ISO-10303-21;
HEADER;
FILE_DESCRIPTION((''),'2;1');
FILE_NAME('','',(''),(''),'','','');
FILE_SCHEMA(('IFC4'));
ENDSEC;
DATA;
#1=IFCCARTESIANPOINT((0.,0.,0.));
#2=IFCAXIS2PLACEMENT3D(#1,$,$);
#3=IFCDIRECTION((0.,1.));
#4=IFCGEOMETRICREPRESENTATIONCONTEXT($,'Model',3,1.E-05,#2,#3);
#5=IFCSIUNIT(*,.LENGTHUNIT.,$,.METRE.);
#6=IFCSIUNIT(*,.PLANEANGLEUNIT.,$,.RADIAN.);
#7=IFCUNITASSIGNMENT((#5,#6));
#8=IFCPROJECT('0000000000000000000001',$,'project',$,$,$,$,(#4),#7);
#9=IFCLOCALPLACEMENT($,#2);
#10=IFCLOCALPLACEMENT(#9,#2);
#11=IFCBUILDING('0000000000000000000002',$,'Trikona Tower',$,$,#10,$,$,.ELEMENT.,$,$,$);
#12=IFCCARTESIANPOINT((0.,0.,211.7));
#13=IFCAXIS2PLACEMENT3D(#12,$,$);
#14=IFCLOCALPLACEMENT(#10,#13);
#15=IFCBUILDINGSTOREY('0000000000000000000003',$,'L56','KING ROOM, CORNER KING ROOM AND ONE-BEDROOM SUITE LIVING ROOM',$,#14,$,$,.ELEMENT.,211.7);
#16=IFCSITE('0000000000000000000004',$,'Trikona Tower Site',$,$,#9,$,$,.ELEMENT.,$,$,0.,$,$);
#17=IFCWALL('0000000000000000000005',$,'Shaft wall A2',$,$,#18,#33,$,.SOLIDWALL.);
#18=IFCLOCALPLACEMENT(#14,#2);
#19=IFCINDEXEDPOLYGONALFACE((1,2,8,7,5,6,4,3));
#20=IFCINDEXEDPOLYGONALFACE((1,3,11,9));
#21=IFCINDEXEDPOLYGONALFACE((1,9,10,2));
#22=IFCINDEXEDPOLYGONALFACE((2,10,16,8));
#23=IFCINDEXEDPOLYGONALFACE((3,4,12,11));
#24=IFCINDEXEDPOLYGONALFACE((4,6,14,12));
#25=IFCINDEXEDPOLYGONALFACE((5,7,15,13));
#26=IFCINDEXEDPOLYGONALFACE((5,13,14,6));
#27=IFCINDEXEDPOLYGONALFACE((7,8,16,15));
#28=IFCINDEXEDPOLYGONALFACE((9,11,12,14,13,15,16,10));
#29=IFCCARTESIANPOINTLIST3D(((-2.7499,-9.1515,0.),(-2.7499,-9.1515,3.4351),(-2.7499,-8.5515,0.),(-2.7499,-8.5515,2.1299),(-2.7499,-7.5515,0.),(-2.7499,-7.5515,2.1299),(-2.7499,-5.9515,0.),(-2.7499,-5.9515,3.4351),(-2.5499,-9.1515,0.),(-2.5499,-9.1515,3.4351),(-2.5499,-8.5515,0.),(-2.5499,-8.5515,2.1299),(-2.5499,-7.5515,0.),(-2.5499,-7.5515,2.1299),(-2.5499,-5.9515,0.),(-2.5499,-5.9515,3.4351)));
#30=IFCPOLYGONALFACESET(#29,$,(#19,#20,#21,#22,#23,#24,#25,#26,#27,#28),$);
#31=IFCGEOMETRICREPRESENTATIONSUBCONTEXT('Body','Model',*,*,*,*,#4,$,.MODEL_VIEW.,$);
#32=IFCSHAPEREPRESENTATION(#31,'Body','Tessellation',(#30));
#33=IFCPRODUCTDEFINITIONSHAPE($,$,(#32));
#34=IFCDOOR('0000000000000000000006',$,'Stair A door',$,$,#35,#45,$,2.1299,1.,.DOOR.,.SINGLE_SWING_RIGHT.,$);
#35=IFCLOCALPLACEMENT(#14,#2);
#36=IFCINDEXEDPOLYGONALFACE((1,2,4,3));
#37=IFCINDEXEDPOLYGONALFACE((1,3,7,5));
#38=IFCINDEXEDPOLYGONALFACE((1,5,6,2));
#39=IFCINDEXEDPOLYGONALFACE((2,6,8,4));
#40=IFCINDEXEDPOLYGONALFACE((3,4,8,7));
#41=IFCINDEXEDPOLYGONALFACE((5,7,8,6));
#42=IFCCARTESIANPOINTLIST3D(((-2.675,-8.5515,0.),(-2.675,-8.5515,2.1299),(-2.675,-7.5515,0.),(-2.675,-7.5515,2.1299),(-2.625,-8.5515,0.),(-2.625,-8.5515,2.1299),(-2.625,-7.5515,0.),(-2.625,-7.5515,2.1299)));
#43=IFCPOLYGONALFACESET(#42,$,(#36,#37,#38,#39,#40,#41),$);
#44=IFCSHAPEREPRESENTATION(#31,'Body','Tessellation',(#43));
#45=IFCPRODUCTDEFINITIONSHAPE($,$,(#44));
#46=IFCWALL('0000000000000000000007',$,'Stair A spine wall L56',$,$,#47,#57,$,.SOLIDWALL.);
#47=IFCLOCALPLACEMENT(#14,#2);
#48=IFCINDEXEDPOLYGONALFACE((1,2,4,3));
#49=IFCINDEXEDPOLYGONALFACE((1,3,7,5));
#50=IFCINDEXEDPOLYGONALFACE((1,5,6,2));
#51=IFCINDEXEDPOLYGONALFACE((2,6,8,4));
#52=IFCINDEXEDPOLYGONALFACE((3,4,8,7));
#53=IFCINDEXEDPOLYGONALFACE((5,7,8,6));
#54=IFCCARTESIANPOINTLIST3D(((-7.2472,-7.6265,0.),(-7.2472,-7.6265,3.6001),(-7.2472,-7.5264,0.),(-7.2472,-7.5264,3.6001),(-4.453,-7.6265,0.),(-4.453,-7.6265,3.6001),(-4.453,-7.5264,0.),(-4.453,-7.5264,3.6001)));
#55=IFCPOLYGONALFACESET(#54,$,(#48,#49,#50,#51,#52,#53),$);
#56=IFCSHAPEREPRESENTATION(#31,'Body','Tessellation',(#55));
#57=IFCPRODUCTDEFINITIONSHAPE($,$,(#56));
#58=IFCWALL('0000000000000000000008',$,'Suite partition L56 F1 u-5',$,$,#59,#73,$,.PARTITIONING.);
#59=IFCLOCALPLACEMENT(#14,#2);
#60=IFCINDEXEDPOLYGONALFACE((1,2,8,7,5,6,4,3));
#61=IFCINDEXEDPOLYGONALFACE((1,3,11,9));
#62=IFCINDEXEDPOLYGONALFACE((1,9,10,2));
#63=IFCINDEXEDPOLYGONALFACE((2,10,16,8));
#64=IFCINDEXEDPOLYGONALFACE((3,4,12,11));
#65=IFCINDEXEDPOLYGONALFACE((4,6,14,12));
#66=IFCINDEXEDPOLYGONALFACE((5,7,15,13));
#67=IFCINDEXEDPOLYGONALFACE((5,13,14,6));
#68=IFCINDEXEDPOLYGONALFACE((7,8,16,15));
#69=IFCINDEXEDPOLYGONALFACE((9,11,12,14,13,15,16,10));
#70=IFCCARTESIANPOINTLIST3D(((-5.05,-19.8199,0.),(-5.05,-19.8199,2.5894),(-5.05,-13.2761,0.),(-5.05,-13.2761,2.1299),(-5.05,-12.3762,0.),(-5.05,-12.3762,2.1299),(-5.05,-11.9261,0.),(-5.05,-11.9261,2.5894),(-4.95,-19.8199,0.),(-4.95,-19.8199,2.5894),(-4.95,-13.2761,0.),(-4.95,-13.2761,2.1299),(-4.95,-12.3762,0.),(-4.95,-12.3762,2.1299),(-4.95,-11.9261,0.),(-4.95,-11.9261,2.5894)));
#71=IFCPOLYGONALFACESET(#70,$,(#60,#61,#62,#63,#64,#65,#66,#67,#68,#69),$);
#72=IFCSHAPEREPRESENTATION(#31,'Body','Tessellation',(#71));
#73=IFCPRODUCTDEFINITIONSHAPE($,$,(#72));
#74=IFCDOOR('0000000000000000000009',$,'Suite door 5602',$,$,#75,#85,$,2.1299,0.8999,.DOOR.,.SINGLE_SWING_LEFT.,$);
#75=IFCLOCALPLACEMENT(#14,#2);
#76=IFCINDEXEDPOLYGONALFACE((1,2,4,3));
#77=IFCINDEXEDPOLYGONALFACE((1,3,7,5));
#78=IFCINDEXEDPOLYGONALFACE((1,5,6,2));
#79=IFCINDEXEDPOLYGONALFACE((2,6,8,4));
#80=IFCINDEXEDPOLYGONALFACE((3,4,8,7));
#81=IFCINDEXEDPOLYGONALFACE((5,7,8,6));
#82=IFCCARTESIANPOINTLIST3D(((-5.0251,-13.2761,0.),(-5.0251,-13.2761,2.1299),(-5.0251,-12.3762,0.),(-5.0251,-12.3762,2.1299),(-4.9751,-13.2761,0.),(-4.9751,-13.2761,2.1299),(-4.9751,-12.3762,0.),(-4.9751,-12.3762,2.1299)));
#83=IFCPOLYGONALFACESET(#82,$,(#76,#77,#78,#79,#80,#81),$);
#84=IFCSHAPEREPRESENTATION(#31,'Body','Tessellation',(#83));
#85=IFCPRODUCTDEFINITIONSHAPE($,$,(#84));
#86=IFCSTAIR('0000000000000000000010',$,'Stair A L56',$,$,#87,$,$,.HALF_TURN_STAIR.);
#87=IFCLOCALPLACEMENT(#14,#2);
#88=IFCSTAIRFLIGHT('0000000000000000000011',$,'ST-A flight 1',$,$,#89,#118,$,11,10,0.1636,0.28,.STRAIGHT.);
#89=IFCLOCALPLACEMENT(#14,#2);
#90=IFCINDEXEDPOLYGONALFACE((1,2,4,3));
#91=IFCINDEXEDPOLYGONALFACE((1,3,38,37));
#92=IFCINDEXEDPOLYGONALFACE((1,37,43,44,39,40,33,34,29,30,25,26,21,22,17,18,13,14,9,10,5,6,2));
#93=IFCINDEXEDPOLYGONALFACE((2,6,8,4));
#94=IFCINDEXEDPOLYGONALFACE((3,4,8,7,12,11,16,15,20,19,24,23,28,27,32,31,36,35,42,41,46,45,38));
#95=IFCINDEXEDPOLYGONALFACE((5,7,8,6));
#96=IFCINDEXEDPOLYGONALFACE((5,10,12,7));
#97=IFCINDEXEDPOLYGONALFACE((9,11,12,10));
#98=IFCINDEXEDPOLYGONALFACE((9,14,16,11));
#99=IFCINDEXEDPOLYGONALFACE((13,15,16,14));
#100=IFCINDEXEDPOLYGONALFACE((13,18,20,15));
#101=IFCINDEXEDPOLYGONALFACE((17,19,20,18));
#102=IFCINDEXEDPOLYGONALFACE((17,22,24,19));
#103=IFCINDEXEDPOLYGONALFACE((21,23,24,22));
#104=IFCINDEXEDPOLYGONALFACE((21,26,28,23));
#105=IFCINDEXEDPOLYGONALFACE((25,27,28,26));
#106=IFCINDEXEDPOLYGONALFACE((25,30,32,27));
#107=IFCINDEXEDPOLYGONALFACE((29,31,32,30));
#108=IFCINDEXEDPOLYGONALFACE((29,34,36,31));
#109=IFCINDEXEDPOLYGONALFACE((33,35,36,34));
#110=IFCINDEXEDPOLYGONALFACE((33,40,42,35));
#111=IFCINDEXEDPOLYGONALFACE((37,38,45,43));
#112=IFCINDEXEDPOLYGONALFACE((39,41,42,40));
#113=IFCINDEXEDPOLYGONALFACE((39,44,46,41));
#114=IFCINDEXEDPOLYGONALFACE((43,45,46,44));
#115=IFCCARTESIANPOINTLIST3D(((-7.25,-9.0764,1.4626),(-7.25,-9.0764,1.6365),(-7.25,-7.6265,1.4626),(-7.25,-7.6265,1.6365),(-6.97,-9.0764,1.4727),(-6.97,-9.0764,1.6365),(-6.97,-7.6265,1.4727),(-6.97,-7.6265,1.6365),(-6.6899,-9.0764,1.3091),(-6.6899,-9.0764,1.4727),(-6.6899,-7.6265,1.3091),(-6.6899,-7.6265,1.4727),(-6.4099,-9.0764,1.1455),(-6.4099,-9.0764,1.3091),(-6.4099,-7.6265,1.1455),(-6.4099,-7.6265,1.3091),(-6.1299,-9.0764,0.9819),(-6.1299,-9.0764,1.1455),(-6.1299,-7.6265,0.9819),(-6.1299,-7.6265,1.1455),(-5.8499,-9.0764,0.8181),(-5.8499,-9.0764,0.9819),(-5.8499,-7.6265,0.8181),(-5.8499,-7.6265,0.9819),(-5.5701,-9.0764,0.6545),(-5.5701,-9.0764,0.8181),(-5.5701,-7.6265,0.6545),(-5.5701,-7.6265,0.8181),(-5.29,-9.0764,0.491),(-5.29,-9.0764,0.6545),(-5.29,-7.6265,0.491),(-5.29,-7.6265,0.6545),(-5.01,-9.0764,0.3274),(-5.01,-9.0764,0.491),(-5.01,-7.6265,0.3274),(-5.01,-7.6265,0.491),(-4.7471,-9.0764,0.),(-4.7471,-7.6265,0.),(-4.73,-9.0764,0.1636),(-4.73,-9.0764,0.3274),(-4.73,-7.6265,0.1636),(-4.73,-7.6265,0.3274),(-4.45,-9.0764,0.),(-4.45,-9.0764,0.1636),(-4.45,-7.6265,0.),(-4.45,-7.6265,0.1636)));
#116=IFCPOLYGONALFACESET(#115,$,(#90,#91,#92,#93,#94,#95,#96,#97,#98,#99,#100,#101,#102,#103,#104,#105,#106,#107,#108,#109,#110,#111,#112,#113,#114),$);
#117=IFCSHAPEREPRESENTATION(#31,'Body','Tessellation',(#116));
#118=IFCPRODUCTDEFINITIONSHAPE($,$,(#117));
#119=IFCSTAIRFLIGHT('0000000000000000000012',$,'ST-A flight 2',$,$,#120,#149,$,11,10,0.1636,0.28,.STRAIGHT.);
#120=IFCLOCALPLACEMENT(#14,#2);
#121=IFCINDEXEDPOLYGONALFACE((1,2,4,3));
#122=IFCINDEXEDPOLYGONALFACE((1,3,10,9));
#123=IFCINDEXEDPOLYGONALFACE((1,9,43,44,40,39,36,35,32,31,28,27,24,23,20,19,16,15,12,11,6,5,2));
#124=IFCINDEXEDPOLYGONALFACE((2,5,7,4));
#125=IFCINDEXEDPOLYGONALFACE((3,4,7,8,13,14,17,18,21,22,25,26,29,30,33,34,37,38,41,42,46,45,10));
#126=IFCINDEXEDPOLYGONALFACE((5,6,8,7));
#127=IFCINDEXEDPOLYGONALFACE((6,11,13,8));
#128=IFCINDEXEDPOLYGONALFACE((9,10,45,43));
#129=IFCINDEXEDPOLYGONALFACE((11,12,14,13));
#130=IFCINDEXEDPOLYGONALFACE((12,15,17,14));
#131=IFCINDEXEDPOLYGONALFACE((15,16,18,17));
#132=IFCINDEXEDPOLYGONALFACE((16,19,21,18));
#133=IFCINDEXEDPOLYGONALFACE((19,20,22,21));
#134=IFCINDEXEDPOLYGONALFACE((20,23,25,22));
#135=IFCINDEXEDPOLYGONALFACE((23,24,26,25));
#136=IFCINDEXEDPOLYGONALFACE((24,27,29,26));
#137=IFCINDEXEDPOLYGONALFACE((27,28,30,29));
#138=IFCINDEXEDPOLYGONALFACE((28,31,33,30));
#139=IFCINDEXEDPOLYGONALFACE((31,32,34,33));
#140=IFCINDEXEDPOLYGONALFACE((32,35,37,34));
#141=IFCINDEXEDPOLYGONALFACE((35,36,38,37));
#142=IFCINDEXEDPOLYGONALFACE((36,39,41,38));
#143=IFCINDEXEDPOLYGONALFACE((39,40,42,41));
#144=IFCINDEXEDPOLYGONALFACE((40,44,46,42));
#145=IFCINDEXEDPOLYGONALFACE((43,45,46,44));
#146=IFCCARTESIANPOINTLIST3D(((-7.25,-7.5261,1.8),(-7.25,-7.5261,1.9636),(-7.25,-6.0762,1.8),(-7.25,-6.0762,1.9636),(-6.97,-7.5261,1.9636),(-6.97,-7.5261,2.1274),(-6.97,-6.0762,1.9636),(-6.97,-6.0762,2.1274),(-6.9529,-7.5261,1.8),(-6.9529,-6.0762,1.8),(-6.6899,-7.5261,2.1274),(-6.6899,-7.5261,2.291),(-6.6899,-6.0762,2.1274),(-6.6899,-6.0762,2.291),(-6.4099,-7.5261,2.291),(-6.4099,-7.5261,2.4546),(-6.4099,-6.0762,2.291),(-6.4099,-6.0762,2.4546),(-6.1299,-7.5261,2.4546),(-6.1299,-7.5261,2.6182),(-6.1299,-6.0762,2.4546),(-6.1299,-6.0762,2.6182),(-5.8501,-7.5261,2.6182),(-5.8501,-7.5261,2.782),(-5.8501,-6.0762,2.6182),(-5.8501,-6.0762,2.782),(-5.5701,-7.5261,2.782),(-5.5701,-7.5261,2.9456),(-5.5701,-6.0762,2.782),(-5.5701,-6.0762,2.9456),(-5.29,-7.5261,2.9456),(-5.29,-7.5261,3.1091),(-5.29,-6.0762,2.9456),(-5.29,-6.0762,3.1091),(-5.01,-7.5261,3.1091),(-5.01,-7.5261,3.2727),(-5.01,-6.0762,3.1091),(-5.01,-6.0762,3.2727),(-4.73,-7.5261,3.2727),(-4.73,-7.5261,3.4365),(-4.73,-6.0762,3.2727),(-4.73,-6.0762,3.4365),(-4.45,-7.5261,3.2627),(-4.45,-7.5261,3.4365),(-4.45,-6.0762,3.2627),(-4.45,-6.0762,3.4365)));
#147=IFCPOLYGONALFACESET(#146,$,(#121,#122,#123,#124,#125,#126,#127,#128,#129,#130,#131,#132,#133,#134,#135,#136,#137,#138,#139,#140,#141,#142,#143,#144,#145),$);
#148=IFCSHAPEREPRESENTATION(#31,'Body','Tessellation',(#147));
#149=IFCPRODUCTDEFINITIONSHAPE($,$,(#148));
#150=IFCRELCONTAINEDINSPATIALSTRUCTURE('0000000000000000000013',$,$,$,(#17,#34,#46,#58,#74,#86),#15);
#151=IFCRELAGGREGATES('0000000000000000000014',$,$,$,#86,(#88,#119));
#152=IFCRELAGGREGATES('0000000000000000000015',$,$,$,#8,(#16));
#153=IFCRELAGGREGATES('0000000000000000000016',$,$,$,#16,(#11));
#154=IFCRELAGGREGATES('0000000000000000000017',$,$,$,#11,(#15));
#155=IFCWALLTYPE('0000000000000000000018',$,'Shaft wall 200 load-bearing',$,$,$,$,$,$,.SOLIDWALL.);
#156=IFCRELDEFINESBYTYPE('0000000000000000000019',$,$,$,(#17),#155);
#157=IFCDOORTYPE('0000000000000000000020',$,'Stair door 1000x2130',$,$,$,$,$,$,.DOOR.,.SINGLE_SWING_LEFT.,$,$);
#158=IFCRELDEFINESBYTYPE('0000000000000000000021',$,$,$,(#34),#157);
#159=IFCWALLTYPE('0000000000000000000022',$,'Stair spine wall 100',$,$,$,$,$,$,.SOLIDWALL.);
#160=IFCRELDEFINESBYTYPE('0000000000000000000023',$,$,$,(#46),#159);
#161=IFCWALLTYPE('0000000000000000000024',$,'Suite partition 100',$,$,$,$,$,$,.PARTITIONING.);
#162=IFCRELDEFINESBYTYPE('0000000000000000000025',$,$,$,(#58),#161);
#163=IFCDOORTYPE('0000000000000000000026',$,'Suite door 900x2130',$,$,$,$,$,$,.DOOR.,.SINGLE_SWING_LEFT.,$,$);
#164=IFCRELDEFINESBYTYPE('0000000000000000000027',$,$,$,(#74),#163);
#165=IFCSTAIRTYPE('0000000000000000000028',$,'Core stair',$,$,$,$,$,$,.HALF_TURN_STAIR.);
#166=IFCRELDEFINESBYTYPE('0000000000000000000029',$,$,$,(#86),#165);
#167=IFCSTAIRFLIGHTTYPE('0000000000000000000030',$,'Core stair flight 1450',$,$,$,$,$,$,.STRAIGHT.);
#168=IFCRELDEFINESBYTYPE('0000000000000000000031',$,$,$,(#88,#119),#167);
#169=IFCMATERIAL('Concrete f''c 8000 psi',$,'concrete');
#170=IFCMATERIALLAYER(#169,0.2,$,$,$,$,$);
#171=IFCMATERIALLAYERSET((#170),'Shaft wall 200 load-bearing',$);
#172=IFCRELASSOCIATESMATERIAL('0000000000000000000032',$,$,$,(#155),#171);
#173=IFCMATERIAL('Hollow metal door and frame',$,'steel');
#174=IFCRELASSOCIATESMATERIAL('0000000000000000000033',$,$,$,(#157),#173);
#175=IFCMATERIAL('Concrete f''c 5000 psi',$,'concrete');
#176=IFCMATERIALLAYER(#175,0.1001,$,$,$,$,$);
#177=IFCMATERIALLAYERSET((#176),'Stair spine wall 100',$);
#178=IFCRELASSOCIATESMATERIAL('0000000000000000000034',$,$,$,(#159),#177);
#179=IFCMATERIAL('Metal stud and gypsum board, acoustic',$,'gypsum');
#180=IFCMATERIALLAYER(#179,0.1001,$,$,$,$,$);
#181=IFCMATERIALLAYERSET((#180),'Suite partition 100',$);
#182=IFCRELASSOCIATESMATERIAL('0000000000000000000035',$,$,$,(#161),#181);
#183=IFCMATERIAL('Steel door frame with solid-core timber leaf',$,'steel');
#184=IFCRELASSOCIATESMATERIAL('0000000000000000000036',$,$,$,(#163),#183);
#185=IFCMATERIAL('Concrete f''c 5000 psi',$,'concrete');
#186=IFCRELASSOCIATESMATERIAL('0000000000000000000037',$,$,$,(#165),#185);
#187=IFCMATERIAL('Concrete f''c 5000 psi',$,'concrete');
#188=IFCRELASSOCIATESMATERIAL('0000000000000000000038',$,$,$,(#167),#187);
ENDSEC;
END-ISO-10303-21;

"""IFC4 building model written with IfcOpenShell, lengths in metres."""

from ifc_helpers import new_model, si_unit, direction, frame, frame_2d, origin, place, context, subcontext, project, spatial, polyline, rectangle, outline, extrude, material, layer, layer_set, type_object, element, fill, aggregate, save


model = new_model("IFC4")

# Units and contexts
model_context = context("Model", 3, precision=1e-05, world=origin(), true_north=direction((0.0, 1.0)))
body_context = subcontext(model_context, "Body", "Model", "MODEL_VIEW")
ifc_project = project(units=[si_unit("LENGTHUNIT", "METRE"), si_unit("PLANEANGLEUNIT", "RADIAN")], contexts=[model_context])

# Site, building, storey
site_placement = place(None, origin())
site = spatial("IfcSite", under=ifc_project, at=site_placement, Name="Trikona Tower Site", CompositionType="ELEMENT", RefElevation=0.0)
building_placement = place(site_placement, origin())
building = spatial("IfcBuilding", under=site, at=building_placement, Name="Trikona Tower", CompositionType="ELEMENT")
storey_placement = place(building_placement, frame((0.0, 0.0, 211.7)))
storey = spatial("IfcBuildingStorey", under=building, at=storey_placement, Name="L56", Description="KING ROOM, CORNER KING ROOM AND ONE-BEDROOM SUITE LIVING ROOM", CompositionType="ELEMENT", Elevation=211.7)

# Shared definitions
ifc_material_1 = material(Name="Concrete f'c 8000 psi", Category="concrete")
ifc_layer_1 = layer(ifc_material_1, 0.2)
ifc_layer_set_1 = layer_set([ifc_layer_1], Name="Shaft wall 200 load-bearing")
wall_type_1 = type_object("IfcWallType", Name="Shaft wall 200 load-bearing", PredefinedType="SOLIDWALL", material=ifc_layer_set_1)

# Wall, opening, door
wall_1_placement = place(storey_placement, frame((-2.6499, -5.9514, 0.0), z_axis=(0.0, 0.0, 1.0), x_axis=(0.0, -1.0, 0.0)))
wall_1 = element("IfcWall", 1, at=wall_1_placement, inside=storey, type_object=wall_type_1, Name="Shaft wall A2", PredefinedType="SOLIDWALL", context=body_context, shape_type="SweptSolid", body=[
    extrude(rectangle(XDim=3.2, YDim=0.2, at=frame_2d((1.6001, 0.0))), origin(), (0.0, 0.0, 1.0), 3.4351),
])
opening_1_placement = place(wall_1_placement, frame((1.6001, 0.0, 0.0)))
opening_1 = element("IfcOpeningElement", 2, at=opening_1_placement, cuts=wall_1, PredefinedType="OPENING", context=body_context, shape_type="SweptSolid", body=[
    extrude(rectangle(XDim=1.0, YDim=2.1299, at=frame_2d((0.5, 1.0649))), frame((0.0, 0.1099, 0.0), z_axis=(0.0, -1.0, 0.0), x_axis=(1.0, 0.0, 0.0)), (0.0, 0.0, 1.0), 0.22),
])
ifc_material_2 = material(Name="Hollow metal door and frame", Category="steel")
door_type_1 = type_object("IfcDoorType", Name="Stair door 1000x2130", OperationType="SINGLE_SWING_LEFT", PredefinedType="DOOR", material=ifc_material_2)
door_1_placement = place(opening_1_placement, origin())
door_1 = element("IfcDoor", 3, at=door_1_placement, inside=storey, type_object=door_type_1, Name="Stair A door", OperationType="SINGLE_SWING_RIGHT", OverallHeight=2.1299, OverallWidth=1.0, PredefinedType="DOOR", context=body_context, shape_type="SweptSolid", body=[
    extrude(rectangle(XDim=1.0, YDim=2.1299, at=frame_2d((0.5, 1.0649))), frame((0.0, 0.0249, 0.0), z_axis=(0.0, -1.0, 0.0), x_axis=(1.0, 0.0, 0.0)), (0.0, 0.0, 1.0), 0.05),
])
fill(opening_1, door_1)

# Wall
ifc_material_3 = material(Name="Concrete f'c 5000 psi", Category="concrete")
ifc_layer_2 = layer(ifc_material_3, 0.1001)
ifc_layer_set_2 = layer_set([ifc_layer_2], Name="Stair spine wall 100")
wall_type_2 = type_object("IfcWallType", Name="Stair spine wall 100", PredefinedType="SOLIDWALL", material=ifc_layer_set_2)
wall_2_placement = place(storey_placement, frame((-7.2471, -7.5764, 0.0), z_axis=(0.0, 0.0, 1.0), x_axis=(1.0, 0.0, 0.0)))
element("IfcWall", 4, at=wall_2_placement, inside=storey, type_object=wall_type_2, Name="Stair A spine wall L56", PredefinedType="SOLIDWALL", context=body_context, shape_type="SweptSolid", body=[
    extrude(rectangle(XDim=2.7942, YDim=0.1001, at=frame_2d((1.397, 0.0))), origin(), (0.0, 0.0, 1.0), 3.6001),
])

# Wall, opening, door
ifc_material_4 = material(Name="Metal stud and gypsum board, acoustic", Category="gypsum")
ifc_layer_3 = layer(ifc_material_4, 0.1001)
ifc_layer_set_3 = layer_set([ifc_layer_3], Name="Suite partition 100")
wall_type_3 = type_object("IfcWallType", Name="Suite partition 100", PredefinedType="PARTITIONING", material=ifc_layer_set_3)
wall_3_placement = place(storey_placement, frame((-5.0, -11.9263, 0.0), z_axis=(0.0, 0.0, 1.0), x_axis=(0.0, -1.0, 0.0)))
wall_3 = element("IfcWall", 5, at=wall_3_placement, inside=storey, type_object=wall_type_3, Name="Suite partition L56 F1 u-5", PredefinedType="PARTITIONING", context=body_context, shape_type="SweptSolid", body=[
    extrude(rectangle(XDim=7.8938, YDim=0.1001, at=frame_2d((3.9468, 0.0))), origin(), (0.0, 0.0, 1.0), 2.5894),
])
opening_2_placement = place(wall_3_placement, frame((0.45, 0.0, 0.0)))
opening_2 = element("IfcOpeningElement", 6, at=opening_2_placement, cuts=wall_3, PredefinedType="OPENING", context=body_context, shape_type="SweptSolid", body=[
    extrude(rectangle(XDim=0.8999, YDim=2.1299, at=frame_2d((0.45, 1.0649))), frame((0.0, 0.0601, 0.0), z_axis=(0.0, -1.0, 0.0), x_axis=(1.0, 0.0, 0.0)), (0.0, 0.0, 1.0), 0.1201),
])
ifc_material_5 = material(Name="Steel door frame with solid-core timber leaf", Category="steel")
door_type_2 = type_object("IfcDoorType", Name="Suite door 900x2130", OperationType="SINGLE_SWING_LEFT", PredefinedType="DOOR", material=ifc_material_5)
door_2_placement = place(opening_2_placement, origin())
door_2 = element("IfcDoor", 7, at=door_2_placement, inside=storey, type_object=door_type_2, Name="Suite door 5602", OperationType="SINGLE_SWING_LEFT", OverallHeight=2.1299, OverallWidth=0.8999, PredefinedType="DOOR", context=body_context, shape_type="SweptSolid", body=[
    extrude(rectangle(XDim=0.8999, YDim=2.1299, at=frame_2d((0.45, 1.0649))), frame((0.0, 0.0249, 0.0), z_axis=(0.0, -1.0, 0.0), x_axis=(1.0, 0.0, 0.0)), (0.0, 0.0, 1.0), 0.05),
])
fill(opening_2, door_2)

# Stair, stair flights
ifc_material_6 = material(Name="Concrete f'c 5000 psi", Category="concrete")
stair_type = type_object("IfcStairType", Name="Core stair", PredefinedType="HALF_TURN_STAIR", material=ifc_material_6)
stair_placement = place(storey_placement, origin())
stair = element("IfcStair", 8, at=stair_placement, inside=storey, type_object=stair_type, Name="Stair A L56", PredefinedType="HALF_TURN_STAIR")
ifc_material_7 = material(Name="Concrete f'c 5000 psi", Category="concrete")
stair_flight_type = type_object("IfcStairFlightType", Name="Core stair flight 1450", PredefinedType="STRAIGHT", material=ifc_material_7)
stair_flight_1_placement = place(storey_placement, frame((-4.45, -8.3513, 0.0), z_axis=(0.0, 0.0, 1.0), x_axis=(-1.0, 0.0, 0.0)))
stair_flight_1 = element("IfcStairFlight", 9, at=stair_flight_1_placement, type_object=stair_flight_type, Name="ST-A flight 1", NumberOfRisers=11, NumberOfTreads=10, PredefinedType="STRAIGHT", RiserHeight=0.1636, TreadLength=0.28, context=body_context, shape_type="SweptSolid", body=[
    extrude(outline(polyline([(0.0, 0.0), (0.0, 0.1636), (0.28, 0.1636), (0.28, 0.3274), (0.5601, 0.3274), (0.5601, 0.491), (0.8401, 0.491), (0.8401, 0.6545), (1.1201, 0.6545), (1.1201, 0.8181), (1.3999, 0.8181), (1.3999, 0.9819), (1.6799, 0.9819), (1.6799, 1.1455), (1.96, 1.1455), (1.96, 1.3091), (2.24, 1.3091), (2.24, 1.4727), (2.52, 1.4727), (2.52, 1.6365), (2.8, 1.6365), (2.8, 1.8), (2.8, 1.4626), (0.2971, 0.0), (0.0, 0.0)])), frame((0.0, 0.7251, 0.0), z_axis=(0.0, -1.0, 0.0), x_axis=(1.0, 0.0, 0.0)), (0.0, 0.0, 1.0), 1.45),
])
stair_flight_2_placement = place(storey_placement, frame((-7.25, -6.8013, 1.8), z_axis=(0.0, 0.0, 1.0), x_axis=(1.0, 0.0, 0.0)))
stair_flight_2 = element("IfcStairFlight", 10, at=stair_flight_2_placement, type_object=stair_flight_type, Name="ST-A flight 2", NumberOfRisers=11, NumberOfTreads=10, PredefinedType="STRAIGHT", RiserHeight=0.1636, TreadLength=0.28, context=body_context, shape_type="SweptSolid", body=[
    extrude(outline(polyline([(0.0, 0.0), (0.0, 0.1636), (0.28, 0.1636), (0.28, 0.3274), (0.5601, 0.3274), (0.5601, 0.491), (0.8401, 0.491), (0.8401, 0.6545), (1.1201, 0.6545), (1.1201, 0.8181), (1.3999, 0.8181), (1.3999, 0.9819), (1.6799, 0.9819), (1.6799, 1.1455), (1.96, 1.1455), (1.96, 1.3091), (2.24, 1.3091), (2.24, 1.4727), (2.52, 1.4727), (2.52, 1.6365), (2.8, 1.6365), (2.8, 1.8), (2.8, 1.4626), (0.2971, 0.0), (0.0, 0.0)])), frame((0.0, 0.7251, 0.0), z_axis=(0.0, -1.0, 0.0), x_axis=(1.0, 0.0, 0.0)), (0.0, 0.0, 1.0), 1.45),
])
aggregate(stair, [stair_flight_1, stair_flight_2])

save(model, "model.ifc")
